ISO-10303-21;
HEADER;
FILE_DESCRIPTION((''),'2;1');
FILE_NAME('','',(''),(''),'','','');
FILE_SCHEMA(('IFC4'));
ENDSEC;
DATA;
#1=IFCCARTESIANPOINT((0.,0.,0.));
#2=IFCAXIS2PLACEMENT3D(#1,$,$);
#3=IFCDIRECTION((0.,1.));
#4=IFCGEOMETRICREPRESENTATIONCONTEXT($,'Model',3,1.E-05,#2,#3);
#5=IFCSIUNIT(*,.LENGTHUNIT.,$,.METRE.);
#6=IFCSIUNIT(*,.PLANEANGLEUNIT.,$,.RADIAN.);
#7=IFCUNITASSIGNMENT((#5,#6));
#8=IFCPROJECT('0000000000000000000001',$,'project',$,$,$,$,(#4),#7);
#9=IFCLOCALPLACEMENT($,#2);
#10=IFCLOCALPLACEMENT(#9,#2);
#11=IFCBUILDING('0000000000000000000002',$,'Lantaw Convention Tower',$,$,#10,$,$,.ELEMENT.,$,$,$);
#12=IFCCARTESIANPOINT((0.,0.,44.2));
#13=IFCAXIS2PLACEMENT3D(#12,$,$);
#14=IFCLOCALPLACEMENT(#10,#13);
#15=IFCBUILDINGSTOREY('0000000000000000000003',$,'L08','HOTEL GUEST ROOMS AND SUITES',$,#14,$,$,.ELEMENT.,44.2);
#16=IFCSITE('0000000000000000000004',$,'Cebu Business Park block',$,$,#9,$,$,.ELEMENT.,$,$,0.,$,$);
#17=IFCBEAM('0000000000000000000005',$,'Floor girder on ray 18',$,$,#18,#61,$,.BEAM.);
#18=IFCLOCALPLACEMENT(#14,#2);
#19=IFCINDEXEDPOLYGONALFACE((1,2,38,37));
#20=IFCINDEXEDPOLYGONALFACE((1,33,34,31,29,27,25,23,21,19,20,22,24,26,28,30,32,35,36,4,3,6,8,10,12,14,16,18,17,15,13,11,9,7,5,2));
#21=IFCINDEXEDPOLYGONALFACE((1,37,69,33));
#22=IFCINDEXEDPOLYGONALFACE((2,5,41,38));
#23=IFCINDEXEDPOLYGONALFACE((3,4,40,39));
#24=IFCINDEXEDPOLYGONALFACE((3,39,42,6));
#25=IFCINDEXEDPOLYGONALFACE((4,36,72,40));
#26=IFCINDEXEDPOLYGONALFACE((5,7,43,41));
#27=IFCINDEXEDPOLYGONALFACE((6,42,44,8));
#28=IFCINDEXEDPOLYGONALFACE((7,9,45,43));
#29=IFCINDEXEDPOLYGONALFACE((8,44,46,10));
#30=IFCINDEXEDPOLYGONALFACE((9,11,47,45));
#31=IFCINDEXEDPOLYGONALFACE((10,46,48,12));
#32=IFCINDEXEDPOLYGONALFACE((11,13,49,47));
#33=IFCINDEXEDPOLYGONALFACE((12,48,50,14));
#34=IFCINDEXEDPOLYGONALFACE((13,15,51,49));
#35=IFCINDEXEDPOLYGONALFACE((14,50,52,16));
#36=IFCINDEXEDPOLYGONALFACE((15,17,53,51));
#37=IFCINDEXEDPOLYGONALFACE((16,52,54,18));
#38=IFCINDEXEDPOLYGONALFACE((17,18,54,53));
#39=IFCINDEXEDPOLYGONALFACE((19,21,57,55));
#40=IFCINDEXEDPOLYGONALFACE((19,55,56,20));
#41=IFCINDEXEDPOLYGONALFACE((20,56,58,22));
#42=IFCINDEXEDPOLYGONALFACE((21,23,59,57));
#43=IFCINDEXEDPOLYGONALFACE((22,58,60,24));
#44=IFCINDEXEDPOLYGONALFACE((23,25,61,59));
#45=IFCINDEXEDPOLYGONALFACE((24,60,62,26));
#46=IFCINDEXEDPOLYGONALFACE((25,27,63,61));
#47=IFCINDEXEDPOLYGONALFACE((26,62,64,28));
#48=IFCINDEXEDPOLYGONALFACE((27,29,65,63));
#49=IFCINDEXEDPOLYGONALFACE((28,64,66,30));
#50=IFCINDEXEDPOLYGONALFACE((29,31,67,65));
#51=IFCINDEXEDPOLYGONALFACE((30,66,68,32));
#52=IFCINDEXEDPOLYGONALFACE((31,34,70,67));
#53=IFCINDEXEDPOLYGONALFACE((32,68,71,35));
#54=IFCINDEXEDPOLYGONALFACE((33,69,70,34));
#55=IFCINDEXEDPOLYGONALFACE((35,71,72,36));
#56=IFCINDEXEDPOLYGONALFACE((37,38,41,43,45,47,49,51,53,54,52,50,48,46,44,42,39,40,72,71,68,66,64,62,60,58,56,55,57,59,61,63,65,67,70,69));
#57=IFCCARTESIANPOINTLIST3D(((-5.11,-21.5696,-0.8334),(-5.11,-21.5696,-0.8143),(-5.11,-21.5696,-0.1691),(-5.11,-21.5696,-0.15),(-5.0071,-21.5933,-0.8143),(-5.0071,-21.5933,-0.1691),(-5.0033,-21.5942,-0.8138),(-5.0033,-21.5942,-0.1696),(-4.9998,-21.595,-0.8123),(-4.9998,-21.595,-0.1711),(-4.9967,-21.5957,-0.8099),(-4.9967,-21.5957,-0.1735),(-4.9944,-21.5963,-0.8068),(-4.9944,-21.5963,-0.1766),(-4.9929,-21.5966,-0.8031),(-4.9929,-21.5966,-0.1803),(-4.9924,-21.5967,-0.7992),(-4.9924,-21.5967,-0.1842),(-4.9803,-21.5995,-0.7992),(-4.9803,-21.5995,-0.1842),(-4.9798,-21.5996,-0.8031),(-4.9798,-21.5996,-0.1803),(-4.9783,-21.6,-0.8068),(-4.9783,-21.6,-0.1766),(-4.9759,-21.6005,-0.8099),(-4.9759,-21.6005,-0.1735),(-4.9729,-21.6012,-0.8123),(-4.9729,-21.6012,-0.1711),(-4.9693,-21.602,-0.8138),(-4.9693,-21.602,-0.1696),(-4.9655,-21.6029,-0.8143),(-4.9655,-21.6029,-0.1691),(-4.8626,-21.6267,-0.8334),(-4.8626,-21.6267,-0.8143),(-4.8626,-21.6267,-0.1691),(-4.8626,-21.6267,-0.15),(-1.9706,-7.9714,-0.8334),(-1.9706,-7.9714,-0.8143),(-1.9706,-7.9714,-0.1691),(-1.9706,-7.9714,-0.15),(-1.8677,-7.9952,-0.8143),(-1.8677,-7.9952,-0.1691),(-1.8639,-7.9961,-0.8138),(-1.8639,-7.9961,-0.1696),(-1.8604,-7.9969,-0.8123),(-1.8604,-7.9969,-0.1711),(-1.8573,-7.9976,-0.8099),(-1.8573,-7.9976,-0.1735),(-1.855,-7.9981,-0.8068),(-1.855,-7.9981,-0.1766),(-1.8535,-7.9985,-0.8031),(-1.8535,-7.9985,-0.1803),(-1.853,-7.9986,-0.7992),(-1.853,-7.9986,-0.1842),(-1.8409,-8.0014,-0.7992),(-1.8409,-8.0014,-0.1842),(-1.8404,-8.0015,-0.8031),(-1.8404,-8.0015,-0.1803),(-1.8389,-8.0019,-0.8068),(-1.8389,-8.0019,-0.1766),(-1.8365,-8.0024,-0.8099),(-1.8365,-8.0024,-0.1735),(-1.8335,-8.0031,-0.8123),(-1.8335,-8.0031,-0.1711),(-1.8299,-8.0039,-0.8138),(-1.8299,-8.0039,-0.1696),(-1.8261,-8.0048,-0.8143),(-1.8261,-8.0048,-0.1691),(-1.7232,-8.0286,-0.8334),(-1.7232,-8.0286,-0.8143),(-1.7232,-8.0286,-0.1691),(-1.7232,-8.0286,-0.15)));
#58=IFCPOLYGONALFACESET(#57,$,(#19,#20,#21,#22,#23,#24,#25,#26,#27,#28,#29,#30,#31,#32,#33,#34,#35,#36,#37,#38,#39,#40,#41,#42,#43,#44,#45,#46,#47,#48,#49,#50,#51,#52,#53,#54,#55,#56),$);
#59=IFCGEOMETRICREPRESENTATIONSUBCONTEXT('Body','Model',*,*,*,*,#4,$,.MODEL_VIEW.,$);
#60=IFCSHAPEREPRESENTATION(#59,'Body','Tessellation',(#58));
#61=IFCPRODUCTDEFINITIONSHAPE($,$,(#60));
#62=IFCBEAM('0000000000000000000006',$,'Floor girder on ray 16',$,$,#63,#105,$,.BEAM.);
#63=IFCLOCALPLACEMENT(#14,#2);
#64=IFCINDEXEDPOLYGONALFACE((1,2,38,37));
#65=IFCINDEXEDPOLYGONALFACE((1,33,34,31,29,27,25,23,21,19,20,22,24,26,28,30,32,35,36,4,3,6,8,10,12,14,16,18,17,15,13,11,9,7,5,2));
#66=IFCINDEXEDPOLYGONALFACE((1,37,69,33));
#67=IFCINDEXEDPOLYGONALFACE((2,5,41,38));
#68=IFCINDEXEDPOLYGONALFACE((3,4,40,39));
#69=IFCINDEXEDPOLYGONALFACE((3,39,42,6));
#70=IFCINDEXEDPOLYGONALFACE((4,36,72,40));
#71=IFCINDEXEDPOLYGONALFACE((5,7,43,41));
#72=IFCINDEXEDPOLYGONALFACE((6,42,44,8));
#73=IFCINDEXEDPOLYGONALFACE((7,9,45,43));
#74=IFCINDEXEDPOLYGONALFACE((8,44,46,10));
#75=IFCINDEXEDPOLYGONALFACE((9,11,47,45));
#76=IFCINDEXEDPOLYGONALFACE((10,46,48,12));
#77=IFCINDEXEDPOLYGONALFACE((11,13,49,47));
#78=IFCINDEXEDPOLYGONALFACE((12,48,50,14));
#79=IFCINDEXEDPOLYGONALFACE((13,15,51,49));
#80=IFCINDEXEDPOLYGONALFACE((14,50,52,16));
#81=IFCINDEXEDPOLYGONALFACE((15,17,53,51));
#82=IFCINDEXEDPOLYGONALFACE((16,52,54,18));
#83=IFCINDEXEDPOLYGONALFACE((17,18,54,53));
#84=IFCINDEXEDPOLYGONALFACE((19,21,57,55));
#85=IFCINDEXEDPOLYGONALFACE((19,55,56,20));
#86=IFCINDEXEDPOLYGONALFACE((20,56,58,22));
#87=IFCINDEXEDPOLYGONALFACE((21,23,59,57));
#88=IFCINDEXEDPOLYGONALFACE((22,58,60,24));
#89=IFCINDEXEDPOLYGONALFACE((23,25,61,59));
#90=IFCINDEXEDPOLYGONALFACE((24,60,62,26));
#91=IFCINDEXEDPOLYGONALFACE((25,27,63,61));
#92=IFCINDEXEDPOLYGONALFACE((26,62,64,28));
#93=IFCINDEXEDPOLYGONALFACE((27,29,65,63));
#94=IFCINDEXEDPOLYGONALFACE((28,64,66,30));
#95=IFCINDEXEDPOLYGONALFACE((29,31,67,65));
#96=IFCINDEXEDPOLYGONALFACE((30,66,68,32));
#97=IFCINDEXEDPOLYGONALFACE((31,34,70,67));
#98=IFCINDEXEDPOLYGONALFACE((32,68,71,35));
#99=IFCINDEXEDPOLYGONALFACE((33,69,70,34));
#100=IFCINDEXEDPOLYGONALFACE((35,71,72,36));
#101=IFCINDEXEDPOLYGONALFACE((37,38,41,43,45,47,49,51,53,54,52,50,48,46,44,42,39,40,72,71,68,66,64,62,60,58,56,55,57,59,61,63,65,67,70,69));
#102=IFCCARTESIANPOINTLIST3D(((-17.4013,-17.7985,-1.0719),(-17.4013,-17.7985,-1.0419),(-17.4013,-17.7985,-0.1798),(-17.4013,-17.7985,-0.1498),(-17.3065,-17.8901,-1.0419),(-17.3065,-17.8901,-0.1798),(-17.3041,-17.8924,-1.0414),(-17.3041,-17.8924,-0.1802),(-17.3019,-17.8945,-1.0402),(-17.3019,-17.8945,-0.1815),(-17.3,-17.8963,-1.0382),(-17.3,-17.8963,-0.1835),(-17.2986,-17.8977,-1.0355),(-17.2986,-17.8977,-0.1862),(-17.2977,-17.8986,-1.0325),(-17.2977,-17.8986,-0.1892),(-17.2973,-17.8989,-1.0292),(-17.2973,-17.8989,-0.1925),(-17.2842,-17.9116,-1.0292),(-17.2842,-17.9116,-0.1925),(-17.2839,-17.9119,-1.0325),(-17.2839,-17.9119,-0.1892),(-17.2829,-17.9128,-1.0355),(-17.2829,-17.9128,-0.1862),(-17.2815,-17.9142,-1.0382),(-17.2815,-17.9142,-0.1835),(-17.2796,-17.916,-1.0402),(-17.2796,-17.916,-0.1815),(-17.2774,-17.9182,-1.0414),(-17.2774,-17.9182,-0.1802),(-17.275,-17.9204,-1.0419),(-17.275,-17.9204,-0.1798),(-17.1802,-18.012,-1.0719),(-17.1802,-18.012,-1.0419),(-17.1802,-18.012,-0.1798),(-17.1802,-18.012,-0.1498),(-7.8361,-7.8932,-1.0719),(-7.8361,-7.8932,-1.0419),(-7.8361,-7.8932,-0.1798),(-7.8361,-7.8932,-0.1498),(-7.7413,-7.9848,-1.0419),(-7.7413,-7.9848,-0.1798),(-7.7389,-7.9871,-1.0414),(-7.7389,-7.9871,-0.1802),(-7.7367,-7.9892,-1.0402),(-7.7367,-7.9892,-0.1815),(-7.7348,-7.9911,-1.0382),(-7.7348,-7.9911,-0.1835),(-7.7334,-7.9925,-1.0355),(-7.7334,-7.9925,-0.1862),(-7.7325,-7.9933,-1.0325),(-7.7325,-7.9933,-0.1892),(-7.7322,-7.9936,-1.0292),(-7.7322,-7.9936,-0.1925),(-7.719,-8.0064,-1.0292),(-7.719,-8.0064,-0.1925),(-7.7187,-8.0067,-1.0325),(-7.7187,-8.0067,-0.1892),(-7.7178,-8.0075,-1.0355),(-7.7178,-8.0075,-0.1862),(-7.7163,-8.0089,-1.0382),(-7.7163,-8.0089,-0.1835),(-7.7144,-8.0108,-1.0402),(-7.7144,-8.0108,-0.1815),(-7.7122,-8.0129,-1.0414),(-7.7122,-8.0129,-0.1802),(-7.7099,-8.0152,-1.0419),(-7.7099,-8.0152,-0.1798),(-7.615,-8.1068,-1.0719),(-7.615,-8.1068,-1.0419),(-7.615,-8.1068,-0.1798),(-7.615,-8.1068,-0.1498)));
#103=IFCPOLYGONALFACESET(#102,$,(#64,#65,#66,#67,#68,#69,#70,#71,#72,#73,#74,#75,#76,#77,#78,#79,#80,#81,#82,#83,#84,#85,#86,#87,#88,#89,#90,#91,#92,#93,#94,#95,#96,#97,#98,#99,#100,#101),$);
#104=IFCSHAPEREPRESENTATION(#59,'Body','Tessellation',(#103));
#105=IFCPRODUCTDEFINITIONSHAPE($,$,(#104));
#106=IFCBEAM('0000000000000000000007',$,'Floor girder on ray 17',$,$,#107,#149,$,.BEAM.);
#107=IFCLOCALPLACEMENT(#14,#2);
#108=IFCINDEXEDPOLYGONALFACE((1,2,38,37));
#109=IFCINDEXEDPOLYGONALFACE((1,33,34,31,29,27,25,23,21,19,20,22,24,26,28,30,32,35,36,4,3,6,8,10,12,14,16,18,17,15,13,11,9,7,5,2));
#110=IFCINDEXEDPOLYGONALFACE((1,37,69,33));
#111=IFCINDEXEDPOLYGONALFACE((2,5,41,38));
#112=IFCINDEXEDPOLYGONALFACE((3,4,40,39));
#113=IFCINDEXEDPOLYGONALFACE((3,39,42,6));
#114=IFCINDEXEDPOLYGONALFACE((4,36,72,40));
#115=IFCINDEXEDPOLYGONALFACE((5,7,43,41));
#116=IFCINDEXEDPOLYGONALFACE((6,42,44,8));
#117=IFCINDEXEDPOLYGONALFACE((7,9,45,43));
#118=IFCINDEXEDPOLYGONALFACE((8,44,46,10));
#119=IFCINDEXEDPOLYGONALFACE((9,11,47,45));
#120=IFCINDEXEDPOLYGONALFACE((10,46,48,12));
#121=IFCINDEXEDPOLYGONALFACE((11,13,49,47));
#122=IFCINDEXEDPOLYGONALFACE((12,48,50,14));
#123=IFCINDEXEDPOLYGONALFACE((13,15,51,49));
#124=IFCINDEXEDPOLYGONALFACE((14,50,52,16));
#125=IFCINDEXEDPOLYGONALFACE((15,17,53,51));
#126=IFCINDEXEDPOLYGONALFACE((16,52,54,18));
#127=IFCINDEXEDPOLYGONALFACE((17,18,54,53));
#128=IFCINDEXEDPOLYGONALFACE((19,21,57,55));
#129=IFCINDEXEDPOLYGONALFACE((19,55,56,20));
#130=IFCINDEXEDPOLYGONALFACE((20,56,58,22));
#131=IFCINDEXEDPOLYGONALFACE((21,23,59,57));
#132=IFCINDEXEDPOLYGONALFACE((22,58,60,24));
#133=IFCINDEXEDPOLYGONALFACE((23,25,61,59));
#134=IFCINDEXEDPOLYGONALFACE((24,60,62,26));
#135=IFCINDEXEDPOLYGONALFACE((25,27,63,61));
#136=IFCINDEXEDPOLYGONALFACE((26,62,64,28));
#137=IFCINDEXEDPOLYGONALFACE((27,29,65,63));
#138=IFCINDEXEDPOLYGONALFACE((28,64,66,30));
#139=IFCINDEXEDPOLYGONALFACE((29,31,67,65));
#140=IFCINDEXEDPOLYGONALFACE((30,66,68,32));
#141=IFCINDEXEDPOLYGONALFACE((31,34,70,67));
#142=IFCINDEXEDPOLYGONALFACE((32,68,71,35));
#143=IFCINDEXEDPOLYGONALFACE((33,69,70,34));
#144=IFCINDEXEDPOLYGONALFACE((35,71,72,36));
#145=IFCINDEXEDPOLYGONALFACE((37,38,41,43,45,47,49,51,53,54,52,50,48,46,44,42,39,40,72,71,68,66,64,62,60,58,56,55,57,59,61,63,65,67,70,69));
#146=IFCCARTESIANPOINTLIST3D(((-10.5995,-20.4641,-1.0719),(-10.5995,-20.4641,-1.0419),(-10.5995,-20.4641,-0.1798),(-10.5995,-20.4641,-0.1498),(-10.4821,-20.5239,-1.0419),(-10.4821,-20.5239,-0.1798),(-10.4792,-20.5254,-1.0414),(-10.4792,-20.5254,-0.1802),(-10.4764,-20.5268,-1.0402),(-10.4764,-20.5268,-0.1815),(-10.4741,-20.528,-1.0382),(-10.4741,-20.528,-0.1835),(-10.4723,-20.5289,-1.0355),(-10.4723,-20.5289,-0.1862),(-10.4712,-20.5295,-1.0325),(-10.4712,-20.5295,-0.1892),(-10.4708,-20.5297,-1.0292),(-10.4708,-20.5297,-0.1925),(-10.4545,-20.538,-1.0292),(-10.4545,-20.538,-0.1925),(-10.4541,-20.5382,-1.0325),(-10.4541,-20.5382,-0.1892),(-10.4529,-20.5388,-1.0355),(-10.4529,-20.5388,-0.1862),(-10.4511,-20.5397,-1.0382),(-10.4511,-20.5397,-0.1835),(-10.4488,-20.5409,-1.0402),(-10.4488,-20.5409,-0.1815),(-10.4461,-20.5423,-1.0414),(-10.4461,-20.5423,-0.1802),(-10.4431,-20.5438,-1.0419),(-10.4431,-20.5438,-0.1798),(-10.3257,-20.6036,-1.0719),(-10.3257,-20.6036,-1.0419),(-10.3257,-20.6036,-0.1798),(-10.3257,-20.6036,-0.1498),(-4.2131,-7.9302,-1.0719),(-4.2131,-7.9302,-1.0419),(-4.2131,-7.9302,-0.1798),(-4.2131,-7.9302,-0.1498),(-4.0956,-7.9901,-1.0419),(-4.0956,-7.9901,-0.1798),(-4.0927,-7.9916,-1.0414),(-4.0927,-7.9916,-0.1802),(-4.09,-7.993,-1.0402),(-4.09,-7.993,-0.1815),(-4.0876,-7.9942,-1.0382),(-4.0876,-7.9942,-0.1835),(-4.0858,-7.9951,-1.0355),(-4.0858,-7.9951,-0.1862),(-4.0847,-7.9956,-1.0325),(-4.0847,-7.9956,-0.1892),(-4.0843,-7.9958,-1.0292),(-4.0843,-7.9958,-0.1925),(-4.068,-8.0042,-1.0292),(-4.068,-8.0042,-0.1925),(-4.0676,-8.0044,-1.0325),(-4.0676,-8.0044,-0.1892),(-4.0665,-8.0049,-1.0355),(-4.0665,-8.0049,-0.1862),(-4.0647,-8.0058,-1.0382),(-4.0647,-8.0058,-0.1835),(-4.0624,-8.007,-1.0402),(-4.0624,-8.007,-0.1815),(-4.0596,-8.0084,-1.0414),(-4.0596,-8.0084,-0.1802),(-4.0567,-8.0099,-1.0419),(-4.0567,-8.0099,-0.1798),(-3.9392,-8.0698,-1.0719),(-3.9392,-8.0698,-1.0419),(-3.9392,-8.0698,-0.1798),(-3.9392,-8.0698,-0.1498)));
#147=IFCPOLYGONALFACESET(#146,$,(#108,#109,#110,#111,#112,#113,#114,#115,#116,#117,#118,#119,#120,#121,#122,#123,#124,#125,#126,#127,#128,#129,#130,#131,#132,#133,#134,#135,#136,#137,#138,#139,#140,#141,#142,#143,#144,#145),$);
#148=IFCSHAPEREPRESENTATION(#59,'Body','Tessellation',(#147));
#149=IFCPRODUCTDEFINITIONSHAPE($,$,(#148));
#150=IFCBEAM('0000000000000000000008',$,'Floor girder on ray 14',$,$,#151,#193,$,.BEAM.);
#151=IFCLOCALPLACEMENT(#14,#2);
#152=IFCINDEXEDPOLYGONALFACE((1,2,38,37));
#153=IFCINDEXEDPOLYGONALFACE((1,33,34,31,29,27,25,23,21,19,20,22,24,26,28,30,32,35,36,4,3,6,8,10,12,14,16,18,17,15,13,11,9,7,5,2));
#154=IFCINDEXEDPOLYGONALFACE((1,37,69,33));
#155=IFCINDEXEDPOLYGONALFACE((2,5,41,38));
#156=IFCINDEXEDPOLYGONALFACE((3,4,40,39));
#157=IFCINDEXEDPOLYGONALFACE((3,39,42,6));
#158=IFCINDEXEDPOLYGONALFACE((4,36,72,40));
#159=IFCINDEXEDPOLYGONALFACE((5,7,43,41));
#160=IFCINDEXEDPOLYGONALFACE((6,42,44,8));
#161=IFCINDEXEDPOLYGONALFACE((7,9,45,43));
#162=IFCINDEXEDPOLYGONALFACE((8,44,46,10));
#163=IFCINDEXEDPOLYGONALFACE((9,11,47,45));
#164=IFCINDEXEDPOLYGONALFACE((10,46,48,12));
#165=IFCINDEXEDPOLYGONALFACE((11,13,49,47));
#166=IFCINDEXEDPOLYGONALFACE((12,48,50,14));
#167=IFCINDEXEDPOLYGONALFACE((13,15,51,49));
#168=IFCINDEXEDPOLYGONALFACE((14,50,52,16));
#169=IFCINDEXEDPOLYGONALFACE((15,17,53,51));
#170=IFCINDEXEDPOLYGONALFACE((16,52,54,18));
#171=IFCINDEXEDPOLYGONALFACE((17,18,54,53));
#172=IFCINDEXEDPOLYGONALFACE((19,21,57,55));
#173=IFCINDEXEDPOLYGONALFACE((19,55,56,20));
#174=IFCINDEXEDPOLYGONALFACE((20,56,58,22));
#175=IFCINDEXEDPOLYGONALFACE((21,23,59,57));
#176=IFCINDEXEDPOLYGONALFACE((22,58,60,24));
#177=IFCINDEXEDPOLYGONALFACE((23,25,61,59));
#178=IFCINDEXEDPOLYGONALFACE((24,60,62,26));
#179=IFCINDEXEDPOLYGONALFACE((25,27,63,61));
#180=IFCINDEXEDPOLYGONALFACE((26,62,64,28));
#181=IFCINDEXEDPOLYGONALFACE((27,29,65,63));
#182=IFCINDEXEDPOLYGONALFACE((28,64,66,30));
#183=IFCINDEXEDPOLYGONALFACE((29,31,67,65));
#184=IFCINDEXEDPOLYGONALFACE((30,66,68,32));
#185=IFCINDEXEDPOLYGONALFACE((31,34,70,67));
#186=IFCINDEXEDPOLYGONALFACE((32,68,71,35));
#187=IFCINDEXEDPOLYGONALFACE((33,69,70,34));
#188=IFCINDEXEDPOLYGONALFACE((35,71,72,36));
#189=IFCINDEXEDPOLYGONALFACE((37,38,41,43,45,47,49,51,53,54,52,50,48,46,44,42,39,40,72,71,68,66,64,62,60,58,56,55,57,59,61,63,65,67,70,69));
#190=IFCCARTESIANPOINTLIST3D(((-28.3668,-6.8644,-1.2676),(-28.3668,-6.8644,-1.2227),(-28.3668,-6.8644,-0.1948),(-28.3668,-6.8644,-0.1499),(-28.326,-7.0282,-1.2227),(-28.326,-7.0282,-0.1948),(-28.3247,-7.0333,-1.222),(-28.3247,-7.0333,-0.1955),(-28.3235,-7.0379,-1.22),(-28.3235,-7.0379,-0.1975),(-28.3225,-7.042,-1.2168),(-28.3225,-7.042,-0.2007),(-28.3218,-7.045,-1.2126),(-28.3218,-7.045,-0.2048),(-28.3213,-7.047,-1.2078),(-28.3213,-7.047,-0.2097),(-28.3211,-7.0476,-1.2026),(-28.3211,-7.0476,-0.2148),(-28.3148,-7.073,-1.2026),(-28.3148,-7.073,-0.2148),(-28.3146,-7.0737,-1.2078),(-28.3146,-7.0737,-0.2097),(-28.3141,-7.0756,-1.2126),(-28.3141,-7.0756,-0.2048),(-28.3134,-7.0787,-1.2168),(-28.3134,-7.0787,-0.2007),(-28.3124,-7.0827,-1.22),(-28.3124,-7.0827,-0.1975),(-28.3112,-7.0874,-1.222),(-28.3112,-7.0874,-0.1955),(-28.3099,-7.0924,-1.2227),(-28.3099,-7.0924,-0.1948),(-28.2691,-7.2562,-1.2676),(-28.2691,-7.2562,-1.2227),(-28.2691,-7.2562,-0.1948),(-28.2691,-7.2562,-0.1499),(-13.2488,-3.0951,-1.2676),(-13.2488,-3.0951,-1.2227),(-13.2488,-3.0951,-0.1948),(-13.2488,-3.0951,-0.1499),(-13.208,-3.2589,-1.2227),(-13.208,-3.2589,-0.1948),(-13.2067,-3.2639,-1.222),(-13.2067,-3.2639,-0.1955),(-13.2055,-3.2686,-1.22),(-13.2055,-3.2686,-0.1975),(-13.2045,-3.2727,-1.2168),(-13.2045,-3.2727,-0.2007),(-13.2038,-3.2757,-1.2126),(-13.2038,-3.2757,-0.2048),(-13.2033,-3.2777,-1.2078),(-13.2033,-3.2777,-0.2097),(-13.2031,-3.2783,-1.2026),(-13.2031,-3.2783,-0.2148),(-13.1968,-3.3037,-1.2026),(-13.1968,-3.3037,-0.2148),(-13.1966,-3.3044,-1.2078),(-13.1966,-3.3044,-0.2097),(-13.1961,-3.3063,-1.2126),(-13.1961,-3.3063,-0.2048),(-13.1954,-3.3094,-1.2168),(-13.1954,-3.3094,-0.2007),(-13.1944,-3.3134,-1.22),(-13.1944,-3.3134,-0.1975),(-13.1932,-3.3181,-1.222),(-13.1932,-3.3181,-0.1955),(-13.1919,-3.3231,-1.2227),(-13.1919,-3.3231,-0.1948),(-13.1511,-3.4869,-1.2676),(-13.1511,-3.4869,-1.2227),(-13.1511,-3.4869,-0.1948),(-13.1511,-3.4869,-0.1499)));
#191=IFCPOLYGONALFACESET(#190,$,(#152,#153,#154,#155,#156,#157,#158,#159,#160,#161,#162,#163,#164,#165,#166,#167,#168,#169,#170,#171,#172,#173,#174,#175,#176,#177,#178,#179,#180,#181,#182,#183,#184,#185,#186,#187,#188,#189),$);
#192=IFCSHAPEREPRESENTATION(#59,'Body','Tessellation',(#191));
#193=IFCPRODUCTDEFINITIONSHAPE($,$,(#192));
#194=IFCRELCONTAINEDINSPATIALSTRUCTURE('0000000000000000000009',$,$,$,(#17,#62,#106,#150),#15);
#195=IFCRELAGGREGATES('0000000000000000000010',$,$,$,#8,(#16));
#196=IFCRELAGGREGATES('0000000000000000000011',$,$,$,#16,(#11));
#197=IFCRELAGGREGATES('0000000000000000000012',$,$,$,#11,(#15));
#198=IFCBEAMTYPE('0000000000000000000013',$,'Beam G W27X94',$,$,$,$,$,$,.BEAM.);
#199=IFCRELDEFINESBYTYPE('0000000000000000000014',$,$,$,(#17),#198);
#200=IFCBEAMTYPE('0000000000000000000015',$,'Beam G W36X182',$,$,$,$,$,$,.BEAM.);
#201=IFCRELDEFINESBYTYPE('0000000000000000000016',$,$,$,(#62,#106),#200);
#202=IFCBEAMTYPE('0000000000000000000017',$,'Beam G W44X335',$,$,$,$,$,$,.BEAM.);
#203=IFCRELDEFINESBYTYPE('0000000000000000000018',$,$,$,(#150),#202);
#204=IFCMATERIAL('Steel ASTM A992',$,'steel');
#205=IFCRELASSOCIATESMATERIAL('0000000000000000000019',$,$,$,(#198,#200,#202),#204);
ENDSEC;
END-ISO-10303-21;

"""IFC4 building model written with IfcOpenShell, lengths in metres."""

from ifc_helpers import new_model, si_unit, direction, frame, origin, origin_2d, place, context, subcontext, project, spatial, i_section, extrude, material, material_profile, profile_set, type_object, element, save


model = new_model("IFC4")

# Units and contexts
model_context = context("Model", 3, precision=1e-05, world=origin(), true_north=direction((0.0, 1.0)))
body_context = subcontext(model_context, "Body", "Model", "MODEL_VIEW")
ifc_project = project(units=[si_unit("LENGTHUNIT", "METRE"), si_unit("PLANEANGLEUNIT", "RADIAN")], contexts=[model_context])

# Site, building, storey
site_placement = place(None, origin())
site = spatial("IfcSite", under=ifc_project, at=site_placement, Name="Cebu Business Park block", CompositionType="ELEMENT", RefElevation=0.0)
building_placement = place(site_placement, origin())
building = spatial("IfcBuilding", under=site, at=building_placement, Name="Lantaw Convention Tower", CompositionType="ELEMENT")
storey_placement = place(building_placement, frame((0.0, 0.0, 44.2)))
storey = spatial("IfcBuildingStorey", under=building, at=storey_placement, Name="L08", Description="HOTEL GUEST ROOMS AND SUITES", CompositionType="ELEMENT", Elevation=44.2)

# Beams
ifc_material_1 = material(Name="Steel ASTM A992", Category="steel")
ifc_material_profile_1 = material_profile(ifc_material_1, i_section(OverallWidth=0.2539, OverallDepth=0.6833, WebThickness=0.0125, FlangeThickness=0.019, FilletRadius=0.0151, at=origin_2d()), Name="W27X94")
ifc_profile_set_1 = profile_set([ifc_material_profile_1], Name="Steel ASTM A992")
beam_type_1 = type_object("IfcBeamType", Name="Beam G W27X94", PredefinedType="BEAM", material=ifc_profile_set_1)
beam_1_placement = place(storey_placement, frame((-1.8469, -8.0, -0.4917), z_axis=(-0.224953, -0.97437, 0.0), x_axis=(0.97437, -0.224953, 0.0)))
element("IfcBeam", 1, at=beam_1_placement, inside=storey, type_object=beam_type_1, Name="Floor girder on ray 18", PredefinedType="BEAM", context=body_context, shape_type="SweptSolid", body=[
    extrude(i_section(OverallWidth=0.2539, OverallDepth=0.6833, WebThickness=0.0125, FlangeThickness=0.019, FilletRadius=0.0151, at=origin_2d()), origin(), (0.0, 0.0, 1.0), 13.9558),
])
ifc_material_profile_2 = material_profile(ifc_material_1, i_section(OverallWidth=0.3074, OverallDepth=0.9221, WebThickness=0.0183, FlangeThickness=0.03, FilletRadius=0.0127, at=origin_2d()), Name="W36X182")
ifc_profile_set_2 = profile_set([ifc_material_profile_2], Name="Steel ASTM A992")
beam_type_2 = type_object("IfcBeamType", Name="Beam G W36X182", PredefinedType="BEAM", material=ifc_profile_set_2)
beam_2_placement = place(storey_placement, frame((-7.7256, -8.0, -0.6108), z_axis=(-0.69465, -0.719348, 0.0), x_axis=(0.719348, -0.69465, 0.0)))
element("IfcBeam", 2, at=beam_2_placement, inside=storey, type_object=beam_type_2, Name="Floor girder on ray 16", PredefinedType="BEAM", context=body_context, shape_type="SweptSolid", body=[
    extrude(i_section(OverallWidth=0.3074, OverallDepth=0.9221, WebThickness=0.0183, FlangeThickness=0.03, FilletRadius=0.0127, at=origin_2d()), origin(), (0.0, 0.0, 1.0), 13.7698),
])
beam_3_placement = place(storey_placement, frame((-4.0762, -8.0, -0.6108), z_axis=(-0.453997, -0.891003, 0.0), x_axis=(0.891003, -0.453997, 0.0)))
element("IfcBeam", 3, at=beam_3_placement, inside=storey, type_object=beam_type_2, Name="Floor girder on ray 17", PredefinedType="BEAM", context=body_context, shape_type="SweptSolid", body=[
    extrude(i_section(OverallWidth=0.3074, OverallDepth=0.9221, WebThickness=0.0183, FlangeThickness=0.03, FilletRadius=0.0127, at=origin_2d()), origin(), (0.0, 0.0, 1.0), 14.0671),
])
ifc_material_profile_3 = material_profile(ifc_material_1, i_section(OverallWidth=0.4038, OverallDepth=1.1177, WebThickness=0.0261, FlangeThickness=0.0449, FilletRadius=0.02, at=origin_2d()), Name="W44X335")
ifc_profile_set_3 = profile_set([ifc_material_profile_3], Name="Steel ASTM A992")
beam_type_3 = type_object("IfcBeamType", Name="Beam G W44X335", PredefinedType="BEAM", material=ifc_profile_set_3)
beam_4_placement = place(storey_placement, frame((-13.2, -3.291, -0.7087), z_axis=(-0.970296, -0.24192, 0.0), x_axis=(0.24192, -0.970296, 0.0)))
element("IfcBeam", 4, at=beam_4_placement, inside=storey, type_object=beam_type_3, Name="Floor girder on ray 14", PredefinedType="BEAM", context=body_context, shape_type="SweptSolid", body=[
    extrude(i_section(OverallWidth=0.4038, OverallDepth=1.1177, WebThickness=0.0261, FlangeThickness=0.0449, FilletRadius=0.02, at=origin_2d()), origin(), (0.0, 0.0, 1.0), 15.5808),
])

save(model, "model.ifc")
